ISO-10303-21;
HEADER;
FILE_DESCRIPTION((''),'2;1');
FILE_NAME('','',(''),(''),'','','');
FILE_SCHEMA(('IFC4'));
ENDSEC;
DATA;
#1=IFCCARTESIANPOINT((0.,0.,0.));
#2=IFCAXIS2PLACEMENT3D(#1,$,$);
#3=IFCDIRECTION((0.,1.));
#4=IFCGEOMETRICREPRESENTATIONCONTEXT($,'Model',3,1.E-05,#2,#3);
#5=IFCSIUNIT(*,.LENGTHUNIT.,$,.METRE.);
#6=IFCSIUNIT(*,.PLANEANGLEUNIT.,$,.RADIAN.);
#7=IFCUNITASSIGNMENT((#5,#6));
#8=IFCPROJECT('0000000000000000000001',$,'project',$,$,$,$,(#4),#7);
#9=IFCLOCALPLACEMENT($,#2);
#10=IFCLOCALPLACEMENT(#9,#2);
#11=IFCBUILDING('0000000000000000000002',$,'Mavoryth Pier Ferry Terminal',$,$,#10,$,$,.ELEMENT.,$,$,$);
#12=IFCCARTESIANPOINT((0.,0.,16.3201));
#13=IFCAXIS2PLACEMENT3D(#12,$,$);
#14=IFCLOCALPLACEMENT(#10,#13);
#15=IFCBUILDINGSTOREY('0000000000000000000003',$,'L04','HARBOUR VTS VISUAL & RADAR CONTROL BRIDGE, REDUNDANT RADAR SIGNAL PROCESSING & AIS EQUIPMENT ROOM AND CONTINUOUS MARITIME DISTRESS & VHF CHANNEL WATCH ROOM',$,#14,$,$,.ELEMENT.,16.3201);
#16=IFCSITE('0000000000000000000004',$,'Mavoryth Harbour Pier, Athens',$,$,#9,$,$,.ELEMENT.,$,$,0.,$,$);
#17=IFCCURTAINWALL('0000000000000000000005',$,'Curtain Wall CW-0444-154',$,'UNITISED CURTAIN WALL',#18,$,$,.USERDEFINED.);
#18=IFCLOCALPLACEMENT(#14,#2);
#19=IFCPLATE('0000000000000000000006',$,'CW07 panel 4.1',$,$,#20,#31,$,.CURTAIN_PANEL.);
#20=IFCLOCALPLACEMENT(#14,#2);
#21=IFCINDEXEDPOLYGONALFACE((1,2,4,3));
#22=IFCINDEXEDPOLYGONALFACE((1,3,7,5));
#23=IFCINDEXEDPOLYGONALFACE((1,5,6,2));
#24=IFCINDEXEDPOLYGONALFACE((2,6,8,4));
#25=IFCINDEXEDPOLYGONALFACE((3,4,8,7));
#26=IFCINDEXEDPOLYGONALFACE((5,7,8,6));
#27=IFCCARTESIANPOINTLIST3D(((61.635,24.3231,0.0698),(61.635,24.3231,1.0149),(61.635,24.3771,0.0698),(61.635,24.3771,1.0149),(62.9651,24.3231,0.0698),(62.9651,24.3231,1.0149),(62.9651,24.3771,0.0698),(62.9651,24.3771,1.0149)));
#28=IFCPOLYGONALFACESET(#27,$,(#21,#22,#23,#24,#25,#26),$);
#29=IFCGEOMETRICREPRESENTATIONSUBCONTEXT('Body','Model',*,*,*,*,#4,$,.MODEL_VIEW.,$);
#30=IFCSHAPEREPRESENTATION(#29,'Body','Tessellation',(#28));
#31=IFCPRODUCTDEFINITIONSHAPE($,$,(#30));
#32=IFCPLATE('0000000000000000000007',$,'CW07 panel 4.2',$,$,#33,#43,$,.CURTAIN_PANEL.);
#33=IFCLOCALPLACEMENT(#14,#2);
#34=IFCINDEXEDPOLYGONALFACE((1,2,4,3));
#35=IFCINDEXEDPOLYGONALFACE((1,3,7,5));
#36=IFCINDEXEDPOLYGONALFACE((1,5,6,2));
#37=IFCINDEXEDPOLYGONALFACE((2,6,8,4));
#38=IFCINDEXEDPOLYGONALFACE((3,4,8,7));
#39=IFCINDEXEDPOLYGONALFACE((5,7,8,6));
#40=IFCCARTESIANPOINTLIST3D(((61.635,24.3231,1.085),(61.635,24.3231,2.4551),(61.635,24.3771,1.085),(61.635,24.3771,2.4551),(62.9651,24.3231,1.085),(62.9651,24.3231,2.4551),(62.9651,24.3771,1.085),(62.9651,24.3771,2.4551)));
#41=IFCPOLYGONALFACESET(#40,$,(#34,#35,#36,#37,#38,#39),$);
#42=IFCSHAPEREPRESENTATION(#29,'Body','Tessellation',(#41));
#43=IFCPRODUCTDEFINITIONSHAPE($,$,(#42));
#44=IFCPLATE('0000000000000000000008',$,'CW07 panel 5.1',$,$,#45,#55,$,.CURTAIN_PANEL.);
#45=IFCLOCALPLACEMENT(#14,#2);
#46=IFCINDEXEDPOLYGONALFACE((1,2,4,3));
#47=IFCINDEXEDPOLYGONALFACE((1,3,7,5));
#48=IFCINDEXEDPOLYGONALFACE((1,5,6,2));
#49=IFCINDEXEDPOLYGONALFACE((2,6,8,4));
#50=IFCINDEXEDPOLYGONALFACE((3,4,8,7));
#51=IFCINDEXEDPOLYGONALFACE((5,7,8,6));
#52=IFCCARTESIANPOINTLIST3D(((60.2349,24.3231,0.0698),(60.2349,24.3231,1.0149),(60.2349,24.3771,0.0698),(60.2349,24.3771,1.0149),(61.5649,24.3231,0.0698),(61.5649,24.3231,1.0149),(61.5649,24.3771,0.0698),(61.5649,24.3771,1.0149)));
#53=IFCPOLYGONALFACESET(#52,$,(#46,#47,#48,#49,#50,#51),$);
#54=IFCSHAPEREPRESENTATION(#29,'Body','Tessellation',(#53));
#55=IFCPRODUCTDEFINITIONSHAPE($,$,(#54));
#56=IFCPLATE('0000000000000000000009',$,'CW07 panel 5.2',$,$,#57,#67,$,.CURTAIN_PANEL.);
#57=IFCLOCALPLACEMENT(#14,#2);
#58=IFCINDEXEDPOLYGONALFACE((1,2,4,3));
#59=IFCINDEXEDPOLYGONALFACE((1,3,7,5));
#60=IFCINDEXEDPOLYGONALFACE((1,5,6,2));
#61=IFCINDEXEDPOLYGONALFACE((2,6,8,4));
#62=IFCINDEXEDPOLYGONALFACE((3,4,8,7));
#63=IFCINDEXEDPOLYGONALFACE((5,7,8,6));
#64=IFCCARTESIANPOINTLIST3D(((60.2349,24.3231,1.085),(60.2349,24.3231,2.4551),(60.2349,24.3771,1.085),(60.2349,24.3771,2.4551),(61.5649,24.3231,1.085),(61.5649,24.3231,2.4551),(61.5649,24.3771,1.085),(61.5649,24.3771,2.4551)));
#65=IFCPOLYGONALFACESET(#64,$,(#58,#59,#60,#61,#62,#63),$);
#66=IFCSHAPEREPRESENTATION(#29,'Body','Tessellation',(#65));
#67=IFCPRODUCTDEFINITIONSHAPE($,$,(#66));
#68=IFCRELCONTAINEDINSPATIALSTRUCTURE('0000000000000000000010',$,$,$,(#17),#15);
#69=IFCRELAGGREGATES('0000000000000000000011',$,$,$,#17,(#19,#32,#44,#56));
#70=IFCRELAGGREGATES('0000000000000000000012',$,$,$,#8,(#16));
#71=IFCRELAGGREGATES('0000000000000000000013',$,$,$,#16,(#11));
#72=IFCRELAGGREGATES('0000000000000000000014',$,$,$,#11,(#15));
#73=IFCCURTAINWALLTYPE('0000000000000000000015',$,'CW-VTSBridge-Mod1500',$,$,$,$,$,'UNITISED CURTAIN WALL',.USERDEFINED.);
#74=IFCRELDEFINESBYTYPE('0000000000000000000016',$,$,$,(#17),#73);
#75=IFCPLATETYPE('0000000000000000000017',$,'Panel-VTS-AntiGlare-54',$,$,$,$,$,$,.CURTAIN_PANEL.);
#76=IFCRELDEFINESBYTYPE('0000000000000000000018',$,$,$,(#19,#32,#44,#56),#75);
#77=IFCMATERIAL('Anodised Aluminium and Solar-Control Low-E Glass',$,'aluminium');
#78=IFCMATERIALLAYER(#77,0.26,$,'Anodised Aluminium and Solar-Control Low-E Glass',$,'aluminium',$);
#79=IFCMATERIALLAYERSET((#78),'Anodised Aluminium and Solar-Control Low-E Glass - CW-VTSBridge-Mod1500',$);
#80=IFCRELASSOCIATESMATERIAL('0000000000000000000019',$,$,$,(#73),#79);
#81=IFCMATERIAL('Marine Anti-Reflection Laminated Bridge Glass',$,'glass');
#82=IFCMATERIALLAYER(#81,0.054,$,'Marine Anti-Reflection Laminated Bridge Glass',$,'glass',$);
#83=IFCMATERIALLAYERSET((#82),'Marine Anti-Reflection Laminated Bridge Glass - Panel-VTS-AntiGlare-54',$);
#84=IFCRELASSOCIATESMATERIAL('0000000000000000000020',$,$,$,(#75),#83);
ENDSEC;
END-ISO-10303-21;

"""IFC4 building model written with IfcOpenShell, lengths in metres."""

from ifc_helpers import new_model, si_unit, direction, frame, origin, origin_2d, place, context, subcontext, project, spatial, rectangle, extrude, material, layer, layer_set, type_object, element, aggregate, save


model = new_model("IFC4")

# Units and contexts
model_context = context("Model", 3, precision=1e-05, world=origin(), true_north=direction((0.0, 1.0)))
body_context = subcontext(model_context, "Body", "Model", "MODEL_VIEW")
ifc_project = project(units=[si_unit("LENGTHUNIT", "METRE"), si_unit("PLANEANGLEUNIT", "RADIAN")], contexts=[model_context])

# Site, building, storey
site_placement = place(None, origin())
site = spatial("IfcSite", under=ifc_project, at=site_placement, Name="Mavoryth Harbour Pier, Athens", CompositionType="ELEMENT", RefElevation=0.0)
building_placement = place(site_placement, origin())
building = spatial("IfcBuilding", under=site, at=building_placement, Name="Mavoryth Pier Ferry Terminal", CompositionType="ELEMENT")
storey_placement = place(building_placement, frame((0.0, 0.0, 16.3201)))
storey = spatial("IfcBuildingStorey", under=building, at=storey_placement, Name="L04", Description="HARBOUR VTS VISUAL & RADAR CONTROL BRIDGE, REDUNDANT RADAR SIGNAL PROCESSING & AIS EQUIPMENT ROOM AND CONTINUOUS MARITIME DISTRESS & VHF CHANNEL WATCH ROOM", CompositionType="ELEMENT", Elevation=16.3201)

# Curtain wall, plates
ifc_material_1 = material(Name="Anodised Aluminium and Solar-Control Low-E Glass", Category="aluminium")
ifc_layer_1 = layer(ifc_material_1, 0.26, Name="Anodised Aluminium and Solar-Control Low-E Glass", Category="aluminium")
ifc_layer_set_1 = layer_set([ifc_layer_1], Name="Anodised Aluminium and Solar-Control Low-E Glass - CW-VTSBridge-Mod1500")
curtain_wall_type = type_object("IfcCurtainWallType", Name="CW-VTSBridge-Mod1500", ElementType="UNITISED CURTAIN WALL", PredefinedType="USERDEFINED", material=ifc_layer_set_1)
curtain_wall_placement = place(storey_placement, origin())
curtain_wall = element("IfcCurtainWall", 1, at=curtain_wall_placement, inside=storey, type_object=curtain_wall_type, Name="Curtain Wall CW-0444-154", ObjectType="UNITISED CURTAIN WALL", PredefinedType="USERDEFINED")
ifc_material_2 = material(Name="Marine Anti-Reflection Laminated Bridge Glass", Category="glass")
ifc_layer_2 = layer(ifc_material_2, 0.054, Name="Marine Anti-Reflection Laminated Bridge Glass", Category="glass")
ifc_layer_set_2 = layer_set([ifc_layer_2], Name="Marine Anti-Reflection Laminated Bridge Glass - Panel-VTS-AntiGlare-54")
plate_type = type_object("IfcPlateType", Name="Panel-VTS-AntiGlare-54", PredefinedType="CURTAIN_PANEL", material=ifc_layer_set_2)
plate_1_placement = place(storey_placement, frame((62.3, 24.3501, 0.0698), z_axis=(0.0, 0.0, 1.0), x_axis=(-1.0, 0.0, 0.0)))
plate_1 = element("IfcPlate", 2, at=plate_1_placement, type_object=plate_type, Name="CW07 panel 4.1", PredefinedType="CURTAIN_PANEL", context=body_context, shape_type="SweptSolid", body=[
    extrude(rectangle(XDim=1.3301, YDim=0.054, at=origin_2d()), origin(), (0.0, 0.0, 1.0), 0.9451),
])
plate_2_placement = place(storey_placement, frame((62.3, 24.3501, 1.085), z_axis=(0.0, 0.0, 1.0), x_axis=(-1.0, 0.0, 0.0)))
plate_2 = element("IfcPlate", 3, at=plate_2_placement, type_object=plate_type, Name="CW07 panel 4.2", PredefinedType="CURTAIN_PANEL", context=body_context, shape_type="SweptSolid", body=[
    extrude(rectangle(XDim=1.3301, YDim=0.054, at=origin_2d()), origin(), (0.0, 0.0, 1.0), 1.3701),
])
plate_3_placement = place(storey_placement, frame((60.8999, 24.3501, 0.0698), z_axis=(0.0, 0.0, 1.0), x_axis=(-1.0, 0.0, 0.0)))
plate_3 = element("IfcPlate", 4, at=plate_3_placement, type_object=plate_type, Name="CW07 panel 5.1", PredefinedType="CURTAIN_PANEL", context=body_context, shape_type="SweptSolid", body=[
    extrude(rectangle(XDim=1.3301, YDim=0.054, at=origin_2d()), origin(), (0.0, 0.0, 1.0), 0.9451),
])
plate_4_placement = place(storey_placement, frame((60.8999, 24.3501, 1.085), z_axis=(0.0, 0.0, 1.0), x_axis=(-1.0, 0.0, 0.0)))
plate_4 = element("IfcPlate", 5, at=plate_4_placement, type_object=plate_type, Name="CW07 panel 5.2", PredefinedType="CURTAIN_PANEL", context=body_context, shape_type="SweptSolid", body=[
    extrude(rectangle(XDim=1.3301, YDim=0.054, at=origin_2d()), origin(), (0.0, 0.0, 1.0), 1.3701),
])
aggregate(curtain_wall, [plate_1, plate_2, plate_3, plate_4])

save(model, "model.ifc")
